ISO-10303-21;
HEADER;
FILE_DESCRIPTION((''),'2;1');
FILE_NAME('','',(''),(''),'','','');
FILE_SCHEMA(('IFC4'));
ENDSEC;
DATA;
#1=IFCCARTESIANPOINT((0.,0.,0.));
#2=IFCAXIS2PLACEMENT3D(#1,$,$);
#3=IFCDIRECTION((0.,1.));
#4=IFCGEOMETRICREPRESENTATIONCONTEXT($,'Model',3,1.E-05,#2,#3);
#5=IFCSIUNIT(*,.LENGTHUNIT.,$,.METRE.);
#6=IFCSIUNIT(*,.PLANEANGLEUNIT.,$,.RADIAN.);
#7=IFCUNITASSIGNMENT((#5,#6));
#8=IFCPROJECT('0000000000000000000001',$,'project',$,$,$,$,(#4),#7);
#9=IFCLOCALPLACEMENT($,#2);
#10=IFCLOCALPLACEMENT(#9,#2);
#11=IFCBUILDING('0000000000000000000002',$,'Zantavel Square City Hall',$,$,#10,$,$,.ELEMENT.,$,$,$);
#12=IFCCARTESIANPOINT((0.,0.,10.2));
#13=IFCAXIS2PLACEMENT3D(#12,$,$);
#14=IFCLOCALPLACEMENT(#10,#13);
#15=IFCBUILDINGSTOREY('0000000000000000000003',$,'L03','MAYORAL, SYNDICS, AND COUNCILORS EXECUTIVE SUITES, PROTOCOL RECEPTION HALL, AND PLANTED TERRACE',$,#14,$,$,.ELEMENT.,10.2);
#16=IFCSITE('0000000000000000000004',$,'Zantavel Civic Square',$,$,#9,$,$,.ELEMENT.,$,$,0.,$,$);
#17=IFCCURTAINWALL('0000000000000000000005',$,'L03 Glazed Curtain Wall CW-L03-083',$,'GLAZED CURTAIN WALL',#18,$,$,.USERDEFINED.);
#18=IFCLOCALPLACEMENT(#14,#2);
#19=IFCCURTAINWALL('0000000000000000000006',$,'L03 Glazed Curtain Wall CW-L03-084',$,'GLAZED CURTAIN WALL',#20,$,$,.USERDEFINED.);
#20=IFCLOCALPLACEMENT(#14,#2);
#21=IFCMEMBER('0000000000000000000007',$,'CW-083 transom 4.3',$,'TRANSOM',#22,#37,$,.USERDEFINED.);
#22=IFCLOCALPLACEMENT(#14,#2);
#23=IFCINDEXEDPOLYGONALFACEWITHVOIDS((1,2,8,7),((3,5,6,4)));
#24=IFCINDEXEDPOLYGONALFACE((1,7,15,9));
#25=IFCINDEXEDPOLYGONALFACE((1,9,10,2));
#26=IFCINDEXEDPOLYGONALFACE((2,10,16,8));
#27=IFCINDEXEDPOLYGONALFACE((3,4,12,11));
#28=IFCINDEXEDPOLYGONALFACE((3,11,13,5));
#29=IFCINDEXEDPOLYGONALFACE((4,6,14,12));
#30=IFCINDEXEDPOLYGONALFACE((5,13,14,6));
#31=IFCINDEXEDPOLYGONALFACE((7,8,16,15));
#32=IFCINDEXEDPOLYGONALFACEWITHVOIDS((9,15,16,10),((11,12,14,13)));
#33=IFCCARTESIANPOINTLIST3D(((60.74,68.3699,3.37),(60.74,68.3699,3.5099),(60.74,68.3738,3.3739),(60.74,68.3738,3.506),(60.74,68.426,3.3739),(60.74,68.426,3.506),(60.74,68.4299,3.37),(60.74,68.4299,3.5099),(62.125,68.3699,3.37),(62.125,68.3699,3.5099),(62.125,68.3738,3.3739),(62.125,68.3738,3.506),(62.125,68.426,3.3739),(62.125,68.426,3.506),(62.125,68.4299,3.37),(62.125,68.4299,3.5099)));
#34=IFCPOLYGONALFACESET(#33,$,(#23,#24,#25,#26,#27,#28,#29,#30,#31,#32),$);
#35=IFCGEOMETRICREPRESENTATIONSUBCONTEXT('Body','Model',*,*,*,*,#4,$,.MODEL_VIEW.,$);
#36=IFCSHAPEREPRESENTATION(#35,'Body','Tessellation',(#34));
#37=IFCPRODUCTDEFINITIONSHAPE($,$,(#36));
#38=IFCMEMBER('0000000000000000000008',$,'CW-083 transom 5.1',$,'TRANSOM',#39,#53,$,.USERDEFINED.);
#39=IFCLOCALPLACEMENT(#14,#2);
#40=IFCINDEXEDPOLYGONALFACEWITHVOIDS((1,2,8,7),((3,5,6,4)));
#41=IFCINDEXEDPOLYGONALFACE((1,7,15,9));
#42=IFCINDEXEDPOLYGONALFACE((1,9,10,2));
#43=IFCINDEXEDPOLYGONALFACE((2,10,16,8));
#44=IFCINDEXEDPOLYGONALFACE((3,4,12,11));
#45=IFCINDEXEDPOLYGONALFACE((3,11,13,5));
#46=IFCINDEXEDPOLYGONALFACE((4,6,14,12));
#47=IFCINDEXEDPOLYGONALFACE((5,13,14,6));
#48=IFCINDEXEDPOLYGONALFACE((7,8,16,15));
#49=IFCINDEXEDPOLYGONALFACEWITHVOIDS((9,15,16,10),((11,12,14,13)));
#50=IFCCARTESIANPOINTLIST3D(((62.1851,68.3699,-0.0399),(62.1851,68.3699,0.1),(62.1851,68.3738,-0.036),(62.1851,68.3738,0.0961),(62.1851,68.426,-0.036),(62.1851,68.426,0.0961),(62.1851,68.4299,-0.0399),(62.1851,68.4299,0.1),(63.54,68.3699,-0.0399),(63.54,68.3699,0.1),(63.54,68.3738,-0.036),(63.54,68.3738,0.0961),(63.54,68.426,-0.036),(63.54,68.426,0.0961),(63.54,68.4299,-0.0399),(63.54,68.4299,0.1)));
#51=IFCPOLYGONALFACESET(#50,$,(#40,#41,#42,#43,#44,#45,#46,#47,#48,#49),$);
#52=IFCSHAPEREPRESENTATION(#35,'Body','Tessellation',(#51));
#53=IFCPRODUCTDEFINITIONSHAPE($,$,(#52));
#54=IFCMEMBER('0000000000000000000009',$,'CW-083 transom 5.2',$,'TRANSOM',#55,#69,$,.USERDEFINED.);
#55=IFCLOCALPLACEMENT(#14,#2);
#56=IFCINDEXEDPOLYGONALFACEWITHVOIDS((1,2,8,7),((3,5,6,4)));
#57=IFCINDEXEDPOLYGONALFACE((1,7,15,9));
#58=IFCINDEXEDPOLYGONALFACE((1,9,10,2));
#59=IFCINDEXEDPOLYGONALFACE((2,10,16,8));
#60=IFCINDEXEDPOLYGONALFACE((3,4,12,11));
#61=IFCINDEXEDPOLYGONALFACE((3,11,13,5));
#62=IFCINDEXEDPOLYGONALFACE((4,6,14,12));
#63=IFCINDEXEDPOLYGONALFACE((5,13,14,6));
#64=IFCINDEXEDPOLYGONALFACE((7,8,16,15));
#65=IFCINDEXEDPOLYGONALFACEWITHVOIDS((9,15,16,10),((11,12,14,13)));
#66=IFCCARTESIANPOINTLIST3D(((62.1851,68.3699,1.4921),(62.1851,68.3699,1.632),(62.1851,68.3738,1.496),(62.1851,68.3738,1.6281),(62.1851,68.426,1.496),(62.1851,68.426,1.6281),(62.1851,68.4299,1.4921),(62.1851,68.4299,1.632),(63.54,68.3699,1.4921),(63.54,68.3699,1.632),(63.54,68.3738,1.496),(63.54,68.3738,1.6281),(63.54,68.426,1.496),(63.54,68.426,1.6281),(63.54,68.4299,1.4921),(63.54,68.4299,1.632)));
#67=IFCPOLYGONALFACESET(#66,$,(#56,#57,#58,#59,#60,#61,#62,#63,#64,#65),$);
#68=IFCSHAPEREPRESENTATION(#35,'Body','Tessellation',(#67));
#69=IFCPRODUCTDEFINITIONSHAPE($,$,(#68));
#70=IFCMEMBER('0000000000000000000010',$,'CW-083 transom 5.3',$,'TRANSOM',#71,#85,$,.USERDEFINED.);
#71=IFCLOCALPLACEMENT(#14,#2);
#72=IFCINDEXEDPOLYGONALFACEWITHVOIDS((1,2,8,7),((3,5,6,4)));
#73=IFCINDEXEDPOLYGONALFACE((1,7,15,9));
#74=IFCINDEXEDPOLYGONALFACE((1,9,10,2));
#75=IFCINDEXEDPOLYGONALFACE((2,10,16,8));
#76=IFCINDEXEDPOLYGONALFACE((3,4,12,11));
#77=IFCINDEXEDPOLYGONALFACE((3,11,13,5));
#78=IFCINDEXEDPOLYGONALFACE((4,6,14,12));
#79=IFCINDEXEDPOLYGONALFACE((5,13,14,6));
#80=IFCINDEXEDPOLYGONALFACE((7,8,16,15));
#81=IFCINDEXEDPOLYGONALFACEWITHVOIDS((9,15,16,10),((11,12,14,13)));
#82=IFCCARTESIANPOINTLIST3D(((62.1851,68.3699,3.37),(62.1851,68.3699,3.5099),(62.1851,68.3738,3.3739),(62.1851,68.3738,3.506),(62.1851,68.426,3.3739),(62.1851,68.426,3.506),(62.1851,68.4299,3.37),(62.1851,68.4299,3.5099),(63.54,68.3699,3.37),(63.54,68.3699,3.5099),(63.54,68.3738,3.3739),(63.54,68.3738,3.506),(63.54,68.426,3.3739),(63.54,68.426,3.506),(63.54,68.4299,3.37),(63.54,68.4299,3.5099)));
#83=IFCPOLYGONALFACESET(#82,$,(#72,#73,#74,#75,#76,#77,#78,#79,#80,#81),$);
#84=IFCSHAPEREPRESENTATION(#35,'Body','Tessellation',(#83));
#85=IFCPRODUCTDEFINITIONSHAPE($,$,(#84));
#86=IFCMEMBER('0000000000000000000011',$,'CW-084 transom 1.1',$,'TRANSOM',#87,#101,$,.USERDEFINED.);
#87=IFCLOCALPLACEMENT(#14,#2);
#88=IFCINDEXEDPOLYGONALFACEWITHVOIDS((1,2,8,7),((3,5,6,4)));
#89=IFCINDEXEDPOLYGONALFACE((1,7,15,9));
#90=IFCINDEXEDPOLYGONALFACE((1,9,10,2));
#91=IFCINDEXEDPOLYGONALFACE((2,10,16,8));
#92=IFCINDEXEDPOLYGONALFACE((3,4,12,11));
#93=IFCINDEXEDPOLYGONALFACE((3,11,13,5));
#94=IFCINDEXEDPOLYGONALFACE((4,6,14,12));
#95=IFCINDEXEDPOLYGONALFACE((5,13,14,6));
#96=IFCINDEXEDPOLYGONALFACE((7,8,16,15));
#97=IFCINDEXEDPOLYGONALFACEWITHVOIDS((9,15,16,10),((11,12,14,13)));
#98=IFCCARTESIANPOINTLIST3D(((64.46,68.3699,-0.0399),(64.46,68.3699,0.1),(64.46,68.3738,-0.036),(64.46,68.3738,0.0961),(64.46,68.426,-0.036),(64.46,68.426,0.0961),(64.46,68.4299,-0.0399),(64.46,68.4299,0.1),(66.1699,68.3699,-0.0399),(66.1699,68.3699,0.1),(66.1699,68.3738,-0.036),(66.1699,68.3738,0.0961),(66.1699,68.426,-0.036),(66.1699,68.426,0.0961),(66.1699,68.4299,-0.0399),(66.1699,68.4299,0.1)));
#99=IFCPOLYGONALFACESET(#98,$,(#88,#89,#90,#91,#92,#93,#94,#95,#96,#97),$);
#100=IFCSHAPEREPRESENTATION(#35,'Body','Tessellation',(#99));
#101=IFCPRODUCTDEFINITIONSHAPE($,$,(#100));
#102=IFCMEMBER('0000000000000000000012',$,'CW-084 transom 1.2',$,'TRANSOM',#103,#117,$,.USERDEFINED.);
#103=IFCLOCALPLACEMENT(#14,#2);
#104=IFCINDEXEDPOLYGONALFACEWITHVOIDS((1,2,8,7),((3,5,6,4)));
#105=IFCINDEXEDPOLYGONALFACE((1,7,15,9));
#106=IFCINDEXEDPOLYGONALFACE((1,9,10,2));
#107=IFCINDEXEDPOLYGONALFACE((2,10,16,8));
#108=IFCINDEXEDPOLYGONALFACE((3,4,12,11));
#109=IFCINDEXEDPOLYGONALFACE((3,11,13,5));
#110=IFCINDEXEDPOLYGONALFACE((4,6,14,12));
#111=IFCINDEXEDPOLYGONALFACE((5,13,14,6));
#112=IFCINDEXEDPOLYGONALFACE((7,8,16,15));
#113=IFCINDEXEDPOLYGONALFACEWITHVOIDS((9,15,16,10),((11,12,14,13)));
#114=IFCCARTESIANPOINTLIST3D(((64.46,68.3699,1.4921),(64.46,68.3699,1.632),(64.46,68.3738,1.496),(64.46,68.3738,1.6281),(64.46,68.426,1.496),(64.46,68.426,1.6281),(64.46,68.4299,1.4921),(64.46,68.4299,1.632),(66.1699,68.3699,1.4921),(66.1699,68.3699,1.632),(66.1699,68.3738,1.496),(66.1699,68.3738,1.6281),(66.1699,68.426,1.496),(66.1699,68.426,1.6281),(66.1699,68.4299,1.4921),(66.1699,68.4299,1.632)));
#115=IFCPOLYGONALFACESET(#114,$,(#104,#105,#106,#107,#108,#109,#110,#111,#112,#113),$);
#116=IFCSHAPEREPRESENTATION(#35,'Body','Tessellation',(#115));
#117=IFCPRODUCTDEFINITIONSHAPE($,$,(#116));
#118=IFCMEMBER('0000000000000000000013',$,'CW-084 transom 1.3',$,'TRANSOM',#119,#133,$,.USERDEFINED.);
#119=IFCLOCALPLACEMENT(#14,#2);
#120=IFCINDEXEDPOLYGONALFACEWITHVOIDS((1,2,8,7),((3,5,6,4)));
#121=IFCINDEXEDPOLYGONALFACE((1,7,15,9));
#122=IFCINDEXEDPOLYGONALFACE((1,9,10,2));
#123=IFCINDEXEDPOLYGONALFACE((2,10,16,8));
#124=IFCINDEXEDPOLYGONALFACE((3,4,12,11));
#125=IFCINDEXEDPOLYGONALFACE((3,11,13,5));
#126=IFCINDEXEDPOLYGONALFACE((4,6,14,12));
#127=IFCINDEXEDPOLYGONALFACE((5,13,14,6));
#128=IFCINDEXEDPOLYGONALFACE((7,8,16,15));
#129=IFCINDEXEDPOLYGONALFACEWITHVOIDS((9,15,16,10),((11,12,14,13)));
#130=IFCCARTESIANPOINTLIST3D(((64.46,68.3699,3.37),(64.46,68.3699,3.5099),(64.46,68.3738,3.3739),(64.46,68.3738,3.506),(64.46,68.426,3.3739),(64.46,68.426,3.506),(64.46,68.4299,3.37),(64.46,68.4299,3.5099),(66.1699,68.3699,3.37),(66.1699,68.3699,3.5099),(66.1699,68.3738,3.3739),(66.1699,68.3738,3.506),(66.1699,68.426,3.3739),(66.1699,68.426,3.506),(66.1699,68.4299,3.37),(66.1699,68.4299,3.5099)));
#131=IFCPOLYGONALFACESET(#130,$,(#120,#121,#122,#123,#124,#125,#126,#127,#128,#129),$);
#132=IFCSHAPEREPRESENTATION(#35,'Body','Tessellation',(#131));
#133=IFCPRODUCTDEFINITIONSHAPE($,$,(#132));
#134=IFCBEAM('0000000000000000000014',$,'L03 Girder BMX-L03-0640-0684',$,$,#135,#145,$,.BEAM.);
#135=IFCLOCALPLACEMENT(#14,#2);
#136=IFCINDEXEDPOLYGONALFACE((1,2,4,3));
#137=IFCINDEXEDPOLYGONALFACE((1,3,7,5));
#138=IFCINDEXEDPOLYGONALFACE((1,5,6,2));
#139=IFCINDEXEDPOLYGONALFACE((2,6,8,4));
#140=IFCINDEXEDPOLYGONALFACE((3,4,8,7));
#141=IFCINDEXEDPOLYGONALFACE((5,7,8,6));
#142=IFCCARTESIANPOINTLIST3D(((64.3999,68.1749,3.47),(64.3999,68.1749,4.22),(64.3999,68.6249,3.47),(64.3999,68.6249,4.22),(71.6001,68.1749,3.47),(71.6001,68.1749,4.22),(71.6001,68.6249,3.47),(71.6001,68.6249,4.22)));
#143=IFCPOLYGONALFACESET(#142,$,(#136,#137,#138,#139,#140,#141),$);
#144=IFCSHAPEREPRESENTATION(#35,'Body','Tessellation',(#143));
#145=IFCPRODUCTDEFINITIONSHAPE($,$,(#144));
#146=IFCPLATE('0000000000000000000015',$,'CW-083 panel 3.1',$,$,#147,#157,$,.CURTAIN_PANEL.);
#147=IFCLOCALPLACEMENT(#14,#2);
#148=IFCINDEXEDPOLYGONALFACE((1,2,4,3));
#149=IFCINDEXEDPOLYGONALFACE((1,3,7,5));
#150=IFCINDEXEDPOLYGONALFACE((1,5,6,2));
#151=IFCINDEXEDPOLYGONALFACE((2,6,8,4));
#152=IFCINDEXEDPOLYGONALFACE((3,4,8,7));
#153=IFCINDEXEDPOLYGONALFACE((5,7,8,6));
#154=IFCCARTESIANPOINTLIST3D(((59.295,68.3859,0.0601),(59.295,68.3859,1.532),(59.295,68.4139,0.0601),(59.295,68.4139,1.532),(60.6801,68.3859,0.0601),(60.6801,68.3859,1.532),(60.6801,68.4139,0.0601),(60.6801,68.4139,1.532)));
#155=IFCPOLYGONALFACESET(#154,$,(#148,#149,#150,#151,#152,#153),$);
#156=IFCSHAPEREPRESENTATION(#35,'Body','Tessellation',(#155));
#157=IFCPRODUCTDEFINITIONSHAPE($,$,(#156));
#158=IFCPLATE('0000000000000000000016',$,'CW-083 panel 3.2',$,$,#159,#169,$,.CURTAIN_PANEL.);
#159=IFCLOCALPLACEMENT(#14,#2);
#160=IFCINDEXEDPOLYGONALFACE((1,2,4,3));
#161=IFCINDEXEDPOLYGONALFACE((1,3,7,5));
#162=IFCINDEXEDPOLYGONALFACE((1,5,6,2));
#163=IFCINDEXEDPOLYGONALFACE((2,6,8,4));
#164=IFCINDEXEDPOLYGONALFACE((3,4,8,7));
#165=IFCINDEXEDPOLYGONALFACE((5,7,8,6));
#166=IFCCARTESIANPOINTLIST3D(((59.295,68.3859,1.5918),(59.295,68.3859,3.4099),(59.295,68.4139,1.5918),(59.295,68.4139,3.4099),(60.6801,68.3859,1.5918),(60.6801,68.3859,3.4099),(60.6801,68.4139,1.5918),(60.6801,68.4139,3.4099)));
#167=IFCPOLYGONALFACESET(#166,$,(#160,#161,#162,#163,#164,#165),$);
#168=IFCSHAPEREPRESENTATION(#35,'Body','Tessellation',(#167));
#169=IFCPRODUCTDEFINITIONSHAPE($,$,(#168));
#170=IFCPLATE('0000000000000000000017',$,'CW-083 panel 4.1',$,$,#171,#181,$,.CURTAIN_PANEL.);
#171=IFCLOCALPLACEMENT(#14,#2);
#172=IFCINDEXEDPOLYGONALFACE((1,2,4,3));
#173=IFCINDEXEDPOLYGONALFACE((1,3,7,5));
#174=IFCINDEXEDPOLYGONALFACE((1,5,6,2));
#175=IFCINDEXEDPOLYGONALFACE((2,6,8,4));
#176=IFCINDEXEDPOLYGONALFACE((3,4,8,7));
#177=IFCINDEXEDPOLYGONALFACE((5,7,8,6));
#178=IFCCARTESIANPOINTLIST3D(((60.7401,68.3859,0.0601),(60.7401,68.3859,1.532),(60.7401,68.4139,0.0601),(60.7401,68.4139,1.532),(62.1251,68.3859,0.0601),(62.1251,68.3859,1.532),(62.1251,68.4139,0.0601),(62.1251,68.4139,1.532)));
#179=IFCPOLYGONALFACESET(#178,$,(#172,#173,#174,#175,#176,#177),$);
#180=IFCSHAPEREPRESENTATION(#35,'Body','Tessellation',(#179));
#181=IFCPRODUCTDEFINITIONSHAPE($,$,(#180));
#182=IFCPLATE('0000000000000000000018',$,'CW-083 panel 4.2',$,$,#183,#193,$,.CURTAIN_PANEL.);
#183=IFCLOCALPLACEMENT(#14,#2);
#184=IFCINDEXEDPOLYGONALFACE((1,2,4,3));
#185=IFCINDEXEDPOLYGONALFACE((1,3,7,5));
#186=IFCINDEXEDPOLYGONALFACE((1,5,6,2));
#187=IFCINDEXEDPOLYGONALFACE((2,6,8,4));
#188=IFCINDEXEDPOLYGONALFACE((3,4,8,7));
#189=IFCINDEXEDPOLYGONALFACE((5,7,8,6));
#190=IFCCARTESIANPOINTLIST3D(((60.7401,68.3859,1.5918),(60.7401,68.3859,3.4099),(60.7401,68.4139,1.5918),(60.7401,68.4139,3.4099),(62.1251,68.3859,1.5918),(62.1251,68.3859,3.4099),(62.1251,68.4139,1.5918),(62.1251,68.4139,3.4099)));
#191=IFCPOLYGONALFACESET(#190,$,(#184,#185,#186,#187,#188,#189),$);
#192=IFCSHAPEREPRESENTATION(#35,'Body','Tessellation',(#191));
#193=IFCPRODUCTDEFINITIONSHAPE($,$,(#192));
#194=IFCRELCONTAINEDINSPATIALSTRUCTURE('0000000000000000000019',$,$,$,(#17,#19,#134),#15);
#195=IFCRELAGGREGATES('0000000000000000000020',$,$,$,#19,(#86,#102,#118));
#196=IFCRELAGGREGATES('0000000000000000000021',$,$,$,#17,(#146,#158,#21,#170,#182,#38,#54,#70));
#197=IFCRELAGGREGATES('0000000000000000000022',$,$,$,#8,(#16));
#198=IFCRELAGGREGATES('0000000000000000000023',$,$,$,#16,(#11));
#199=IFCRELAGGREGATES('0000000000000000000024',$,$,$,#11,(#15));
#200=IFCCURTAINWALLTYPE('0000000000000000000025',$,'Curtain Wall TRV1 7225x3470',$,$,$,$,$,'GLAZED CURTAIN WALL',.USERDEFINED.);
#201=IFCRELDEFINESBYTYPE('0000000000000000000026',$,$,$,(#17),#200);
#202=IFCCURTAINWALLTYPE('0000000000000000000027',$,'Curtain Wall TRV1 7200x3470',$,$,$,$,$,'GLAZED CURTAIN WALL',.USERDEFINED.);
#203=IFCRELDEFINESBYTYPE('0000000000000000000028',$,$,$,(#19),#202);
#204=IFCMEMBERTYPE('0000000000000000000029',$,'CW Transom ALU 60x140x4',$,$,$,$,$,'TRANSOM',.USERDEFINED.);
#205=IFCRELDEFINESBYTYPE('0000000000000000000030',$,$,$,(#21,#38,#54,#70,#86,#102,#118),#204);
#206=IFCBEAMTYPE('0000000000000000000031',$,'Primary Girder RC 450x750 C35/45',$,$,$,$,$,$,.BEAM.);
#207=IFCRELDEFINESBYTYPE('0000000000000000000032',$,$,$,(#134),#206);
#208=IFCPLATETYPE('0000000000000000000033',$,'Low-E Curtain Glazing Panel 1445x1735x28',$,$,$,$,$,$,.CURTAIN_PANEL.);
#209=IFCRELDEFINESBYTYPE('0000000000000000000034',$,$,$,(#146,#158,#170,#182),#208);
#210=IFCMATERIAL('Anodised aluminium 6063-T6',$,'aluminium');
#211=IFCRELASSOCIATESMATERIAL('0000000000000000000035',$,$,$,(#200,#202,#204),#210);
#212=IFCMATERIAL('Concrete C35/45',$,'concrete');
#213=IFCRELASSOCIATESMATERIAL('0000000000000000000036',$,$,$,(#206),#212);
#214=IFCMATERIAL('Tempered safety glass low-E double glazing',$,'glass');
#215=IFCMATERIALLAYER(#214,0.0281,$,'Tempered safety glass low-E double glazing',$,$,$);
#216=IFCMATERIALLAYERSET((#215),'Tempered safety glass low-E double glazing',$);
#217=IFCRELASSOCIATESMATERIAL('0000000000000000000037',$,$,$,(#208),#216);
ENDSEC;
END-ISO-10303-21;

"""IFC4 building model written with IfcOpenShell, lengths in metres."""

from ifc_helpers import new_model, si_unit, direction, frame, origin, origin_2d, place, context, subcontext, project, spatial, rectangle, hollow_rectangle, extrude, material, layer, layer_set, material_profile, profile_set, type_object, element, aggregate, save


model = new_model("IFC4")

# Units and contexts
model_context = context("Model", 3, precision=1e-05, world=origin(), true_north=direction((0.0, 1.0)))
body_context = subcontext(model_context, "Body", "Model", "MODEL_VIEW")
ifc_project = project(units=[si_unit("LENGTHUNIT", "METRE"), si_unit("PLANEANGLEUNIT", "RADIAN")], contexts=[model_context])

# Site, building, storey
site_placement = place(None, origin())
site = spatial("IfcSite", under=ifc_project, at=site_placement, Name="Zantavel Civic Square", CompositionType="ELEMENT", RefElevation=0.0)
building_placement = place(site_placement, origin())
building = spatial("IfcBuilding", under=site, at=building_placement, Name="Zantavel Square City Hall", CompositionType="ELEMENT")
storey_placement = place(building_placement, frame((0.0, 0.0, 10.2)))
storey = spatial("IfcBuildingStorey", under=building, at=storey_placement, Name="L03", Description="MAYORAL, SYNDICS, AND COUNCILORS EXECUTIVE SUITES, PROTOCOL RECEPTION HALL, AND PLANTED TERRACE", CompositionType="ELEMENT", Elevation=10.2)

# Curtain wall
ifc_material_1 = material(Name="Anodised aluminium 6063-T6", Category="aluminium")
curtain_wall_type_1 = type_object("IfcCurtainWallType", Name="Curtain Wall TRV1 7225x3470", ElementType="GLAZED CURTAIN WALL", PredefinedType="USERDEFINED", material=ifc_material_1)
curtain_wall_1_placement = place(storey_placement, origin())
curtain_wall_1 = element("IfcCurtainWall", 1, at=curtain_wall_1_placement, inside=storey, type_object=curtain_wall_type_1, Name="L03 Glazed Curtain Wall CW-L03-083", ObjectType="GLAZED CURTAIN WALL", PredefinedType="USERDEFINED")

# Curtain wall
curtain_wall_type_2 = type_object("IfcCurtainWallType", Name="Curtain Wall TRV1 7200x3470", ElementType="GLAZED CURTAIN WALL", PredefinedType="USERDEFINED", material=ifc_material_1)
curtain_wall_2_placement = place(storey_placement, origin())
curtain_wall_2 = element("IfcCurtainWall", 2, at=curtain_wall_2_placement, inside=storey, type_object=curtain_wall_type_2, Name="L03 Glazed Curtain Wall CW-L03-084", ObjectType="GLAZED CURTAIN WALL", PredefinedType="USERDEFINED")

# Members
ifc_material_profile_1 = material_profile(ifc_material_1, hollow_rectangle(XDim=0.0601, YDim=0.1399, WallThickness=0.0039, at=origin_2d()), Name="ALU 60x140x4")
ifc_profile_set_1 = profile_set([ifc_material_profile_1], Name="Anodised aluminium 6063-T6")
member_type_1 = type_object("IfcMemberType", Name="CW Transom ALU 60x140x4", ElementType="TRANSOM", PredefinedType="USERDEFINED", material=ifc_profile_set_1)
member_1_placement = place(storey_placement, frame((60.74, 68.3999, 3.4399), z_axis=(1.0, 0.0, 0.0), x_axis=(0.0, 1.0, 0.0)))
member_1 = element("IfcMember", 3, at=member_1_placement, type_object=member_type_1, Name="CW-083 transom 4.3", ObjectType="TRANSOM", PredefinedType="USERDEFINED", context=body_context, shape_type="SweptSolid", body=[
    extrude(hollow_rectangle(XDim=0.0601, YDim=0.1399, WallThickness=0.0039, at=origin_2d()), origin(), (0.0, 0.0, 1.0), 1.385),
])
member_2_placement = place(storey_placement, frame((62.1851, 68.3999, 0.03), z_axis=(1.0, 0.0, 0.0), x_axis=(0.0, 1.0, 0.0)))
member_2 = element("IfcMember", 4, at=member_2_placement, type_object=member_type_1, Name="CW-083 transom 5.1", ObjectType="TRANSOM", PredefinedType="USERDEFINED", context=body_context, shape_type="SweptSolid", body=[
    extrude(hollow_rectangle(XDim=0.0601, YDim=0.1399, WallThickness=0.0039, at=origin_2d()), origin(), (0.0, 0.0, 1.0), 1.355),
])
member_3_placement = place(storey_placement, frame((62.1851, 68.3999, 1.562), z_axis=(1.0, 0.0, 0.0), x_axis=(0.0, 1.0, 0.0)))
member_3 = element("IfcMember", 5, at=member_3_placement, type_object=member_type_1, Name="CW-083 transom 5.2", ObjectType="TRANSOM", PredefinedType="USERDEFINED", context=body_context, shape_type="SweptSolid", body=[
    extrude(hollow_rectangle(XDim=0.0601, YDim=0.1399, WallThickness=0.0039, at=origin_2d()), origin(), (0.0, 0.0, 1.0), 1.355),
])
member_4_placement = place(storey_placement, frame((62.1851, 68.3999, 3.4399), z_axis=(1.0, 0.0, 0.0), x_axis=(0.0, 1.0, 0.0)))
member_4 = element("IfcMember", 6, at=member_4_placement, type_object=member_type_1, Name="CW-083 transom 5.3", ObjectType="TRANSOM", PredefinedType="USERDEFINED", context=body_context, shape_type="SweptSolid", body=[
    extrude(hollow_rectangle(XDim=0.0601, YDim=0.1399, WallThickness=0.0039, at=origin_2d()), origin(), (0.0, 0.0, 1.0), 1.355),
])
member_5_placement = place(storey_placement, frame((64.46, 68.3999, 0.03), z_axis=(1.0, 0.0, 0.0), x_axis=(0.0, 1.0, 0.0)))
member_5 = element("IfcMember", 7, at=member_5_placement, type_object=member_type_1, Name="CW-084 transom 1.1", ObjectType="TRANSOM", PredefinedType="USERDEFINED", context=body_context, shape_type="SweptSolid", body=[
    extrude(hollow_rectangle(XDim=0.0601, YDim=0.1399, WallThickness=0.0039, at=origin_2d()), origin(), (0.0, 0.0, 1.0), 1.71),
])
member_6_placement = place(storey_placement, frame((64.46, 68.3999, 1.562), z_axis=(1.0, 0.0, 0.0), x_axis=(0.0, 1.0, 0.0)))
member_6 = element("IfcMember", 8, at=member_6_placement, type_object=member_type_1, Name="CW-084 transom 1.2", ObjectType="TRANSOM", PredefinedType="USERDEFINED", context=body_context, shape_type="SweptSolid", body=[
    extrude(hollow_rectangle(XDim=0.0601, YDim=0.1399, WallThickness=0.0039, at=origin_2d()), origin(), (0.0, 0.0, 1.0), 1.71),
])
member_7_placement = place(storey_placement, frame((64.46, 68.3999, 3.4399), z_axis=(1.0, 0.0, 0.0), x_axis=(0.0, 1.0, 0.0)))
member_7 = element("IfcMember", 9, at=member_7_placement, type_object=member_type_1, Name="CW-084 transom 1.3", ObjectType="TRANSOM", PredefinedType="USERDEFINED", context=body_context, shape_type="SweptSolid", body=[
    extrude(hollow_rectangle(XDim=0.0601, YDim=0.1399, WallThickness=0.0039, at=origin_2d()), origin(), (0.0, 0.0, 1.0), 1.71),
])
aggregate(curtain_wall_2, [member_5, member_6, member_7])

# Beam
ifc_material_2 = material(Name="Concrete C35/45", Category="concrete")
ifc_material_profile_2 = material_profile(ifc_material_2, rectangle(XDim=0.45, YDim=0.75, at=origin_2d()), Name="RC 450x750")
ifc_profile_set_2 = profile_set([ifc_material_profile_2], Name="Concrete C35/45")
beam_type = type_object("IfcBeamType", Name="Primary Girder RC 450x750 C35/45", PredefinedType="BEAM", material=ifc_profile_set_2)
beam_placement = place(storey_placement, frame((64.3999, 68.3999, 3.845), z_axis=(1.0, 0.0, 0.0), x_axis=(0.0, 1.0, 0.0)))
element("IfcBeam", 10, at=beam_placement, inside=storey, type_object=beam_type, Name="L03 Girder BMX-L03-0640-0684", PredefinedType="BEAM", context=body_context, shape_type="SweptSolid", body=[
    extrude(rectangle(XDim=0.45, YDim=0.75, at=origin_2d()), origin(), (0.0, 0.0, 1.0), 7.2002),
])

# Plates
ifc_material_3 = material(Name="Tempered safety glass low-E double glazing", Category="glass")
ifc_layer_1 = layer(ifc_material_3, 0.0281, Name="Tempered safety glass low-E double glazing")
ifc_layer_set_1 = layer_set([ifc_layer_1], Name="Tempered safety glass low-E double glazing")
plate_type = type_object("IfcPlateType", Name="Low-E Curtain Glazing Panel 1445x1735x28", PredefinedType="CURTAIN_PANEL", material=ifc_layer_set_1)
plate_1_placement = place(storey_placement, frame((59.9875, 68.3999, 0.0601), z_axis=(0.0, 0.0, 1.0), x_axis=(1.0, 0.0, 0.0)))
plate_1 = element("IfcPlate", 11, at=plate_1_placement, type_object=plate_type, Name="CW-083 panel 3.1", PredefinedType="CURTAIN_PANEL", context=body_context, shape_type="SweptSolid", body=[
    extrude(rectangle(XDim=1.385, YDim=0.0281, at=origin_2d()), origin(), (0.0, 0.0, 1.0), 1.4719),
])
plate_2_placement = place(storey_placement, frame((59.9875, 68.3999, 1.5918), z_axis=(0.0, 0.0, 1.0), x_axis=(1.0, 0.0, 0.0)))
plate_2 = element("IfcPlate", 12, at=plate_2_placement, type_object=plate_type, Name="CW-083 panel 3.2", PredefinedType="CURTAIN_PANEL", context=body_context, shape_type="SweptSolid", body=[
    extrude(rectangle(XDim=1.385, YDim=0.0281, at=origin_2d()), origin(), (0.0, 0.0, 1.0), 1.8181),
])
plate_3_placement = place(storey_placement, frame((61.4326, 68.3999, 0.0601), z_axis=(0.0, 0.0, 1.0), x_axis=(1.0, 0.0, 0.0)))
plate_3 = element("IfcPlate", 13, at=plate_3_placement, type_object=plate_type, Name="CW-083 panel 4.1", PredefinedType="CURTAIN_PANEL", context=body_context, shape_type="SweptSolid", body=[
    extrude(rectangle(XDim=1.385, YDim=0.0281, at=origin_2d()), origin(), (0.0, 0.0, 1.0), 1.4719),
])
plate_4_placement = place(storey_placement, frame((61.4326, 68.3999, 1.5918), z_axis=(0.0, 0.0, 1.0), x_axis=(1.0, 0.0, 0.0)))
plate_4 = element("IfcPlate", 14, at=plate_4_placement, type_object=plate_type, Name="CW-083 panel 4.2", PredefinedType="CURTAIN_PANEL", context=body_context, shape_type="SweptSolid", body=[
    extrude(rectangle(XDim=1.385, YDim=0.0281, at=origin_2d()), origin(), (0.0, 0.0, 1.0), 1.8181),
])
aggregate(curtain_wall_1, [plate_1, plate_2, member_1, plate_3, plate_4, member_2, member_3, member_4])

save(model, "model.ifc")
